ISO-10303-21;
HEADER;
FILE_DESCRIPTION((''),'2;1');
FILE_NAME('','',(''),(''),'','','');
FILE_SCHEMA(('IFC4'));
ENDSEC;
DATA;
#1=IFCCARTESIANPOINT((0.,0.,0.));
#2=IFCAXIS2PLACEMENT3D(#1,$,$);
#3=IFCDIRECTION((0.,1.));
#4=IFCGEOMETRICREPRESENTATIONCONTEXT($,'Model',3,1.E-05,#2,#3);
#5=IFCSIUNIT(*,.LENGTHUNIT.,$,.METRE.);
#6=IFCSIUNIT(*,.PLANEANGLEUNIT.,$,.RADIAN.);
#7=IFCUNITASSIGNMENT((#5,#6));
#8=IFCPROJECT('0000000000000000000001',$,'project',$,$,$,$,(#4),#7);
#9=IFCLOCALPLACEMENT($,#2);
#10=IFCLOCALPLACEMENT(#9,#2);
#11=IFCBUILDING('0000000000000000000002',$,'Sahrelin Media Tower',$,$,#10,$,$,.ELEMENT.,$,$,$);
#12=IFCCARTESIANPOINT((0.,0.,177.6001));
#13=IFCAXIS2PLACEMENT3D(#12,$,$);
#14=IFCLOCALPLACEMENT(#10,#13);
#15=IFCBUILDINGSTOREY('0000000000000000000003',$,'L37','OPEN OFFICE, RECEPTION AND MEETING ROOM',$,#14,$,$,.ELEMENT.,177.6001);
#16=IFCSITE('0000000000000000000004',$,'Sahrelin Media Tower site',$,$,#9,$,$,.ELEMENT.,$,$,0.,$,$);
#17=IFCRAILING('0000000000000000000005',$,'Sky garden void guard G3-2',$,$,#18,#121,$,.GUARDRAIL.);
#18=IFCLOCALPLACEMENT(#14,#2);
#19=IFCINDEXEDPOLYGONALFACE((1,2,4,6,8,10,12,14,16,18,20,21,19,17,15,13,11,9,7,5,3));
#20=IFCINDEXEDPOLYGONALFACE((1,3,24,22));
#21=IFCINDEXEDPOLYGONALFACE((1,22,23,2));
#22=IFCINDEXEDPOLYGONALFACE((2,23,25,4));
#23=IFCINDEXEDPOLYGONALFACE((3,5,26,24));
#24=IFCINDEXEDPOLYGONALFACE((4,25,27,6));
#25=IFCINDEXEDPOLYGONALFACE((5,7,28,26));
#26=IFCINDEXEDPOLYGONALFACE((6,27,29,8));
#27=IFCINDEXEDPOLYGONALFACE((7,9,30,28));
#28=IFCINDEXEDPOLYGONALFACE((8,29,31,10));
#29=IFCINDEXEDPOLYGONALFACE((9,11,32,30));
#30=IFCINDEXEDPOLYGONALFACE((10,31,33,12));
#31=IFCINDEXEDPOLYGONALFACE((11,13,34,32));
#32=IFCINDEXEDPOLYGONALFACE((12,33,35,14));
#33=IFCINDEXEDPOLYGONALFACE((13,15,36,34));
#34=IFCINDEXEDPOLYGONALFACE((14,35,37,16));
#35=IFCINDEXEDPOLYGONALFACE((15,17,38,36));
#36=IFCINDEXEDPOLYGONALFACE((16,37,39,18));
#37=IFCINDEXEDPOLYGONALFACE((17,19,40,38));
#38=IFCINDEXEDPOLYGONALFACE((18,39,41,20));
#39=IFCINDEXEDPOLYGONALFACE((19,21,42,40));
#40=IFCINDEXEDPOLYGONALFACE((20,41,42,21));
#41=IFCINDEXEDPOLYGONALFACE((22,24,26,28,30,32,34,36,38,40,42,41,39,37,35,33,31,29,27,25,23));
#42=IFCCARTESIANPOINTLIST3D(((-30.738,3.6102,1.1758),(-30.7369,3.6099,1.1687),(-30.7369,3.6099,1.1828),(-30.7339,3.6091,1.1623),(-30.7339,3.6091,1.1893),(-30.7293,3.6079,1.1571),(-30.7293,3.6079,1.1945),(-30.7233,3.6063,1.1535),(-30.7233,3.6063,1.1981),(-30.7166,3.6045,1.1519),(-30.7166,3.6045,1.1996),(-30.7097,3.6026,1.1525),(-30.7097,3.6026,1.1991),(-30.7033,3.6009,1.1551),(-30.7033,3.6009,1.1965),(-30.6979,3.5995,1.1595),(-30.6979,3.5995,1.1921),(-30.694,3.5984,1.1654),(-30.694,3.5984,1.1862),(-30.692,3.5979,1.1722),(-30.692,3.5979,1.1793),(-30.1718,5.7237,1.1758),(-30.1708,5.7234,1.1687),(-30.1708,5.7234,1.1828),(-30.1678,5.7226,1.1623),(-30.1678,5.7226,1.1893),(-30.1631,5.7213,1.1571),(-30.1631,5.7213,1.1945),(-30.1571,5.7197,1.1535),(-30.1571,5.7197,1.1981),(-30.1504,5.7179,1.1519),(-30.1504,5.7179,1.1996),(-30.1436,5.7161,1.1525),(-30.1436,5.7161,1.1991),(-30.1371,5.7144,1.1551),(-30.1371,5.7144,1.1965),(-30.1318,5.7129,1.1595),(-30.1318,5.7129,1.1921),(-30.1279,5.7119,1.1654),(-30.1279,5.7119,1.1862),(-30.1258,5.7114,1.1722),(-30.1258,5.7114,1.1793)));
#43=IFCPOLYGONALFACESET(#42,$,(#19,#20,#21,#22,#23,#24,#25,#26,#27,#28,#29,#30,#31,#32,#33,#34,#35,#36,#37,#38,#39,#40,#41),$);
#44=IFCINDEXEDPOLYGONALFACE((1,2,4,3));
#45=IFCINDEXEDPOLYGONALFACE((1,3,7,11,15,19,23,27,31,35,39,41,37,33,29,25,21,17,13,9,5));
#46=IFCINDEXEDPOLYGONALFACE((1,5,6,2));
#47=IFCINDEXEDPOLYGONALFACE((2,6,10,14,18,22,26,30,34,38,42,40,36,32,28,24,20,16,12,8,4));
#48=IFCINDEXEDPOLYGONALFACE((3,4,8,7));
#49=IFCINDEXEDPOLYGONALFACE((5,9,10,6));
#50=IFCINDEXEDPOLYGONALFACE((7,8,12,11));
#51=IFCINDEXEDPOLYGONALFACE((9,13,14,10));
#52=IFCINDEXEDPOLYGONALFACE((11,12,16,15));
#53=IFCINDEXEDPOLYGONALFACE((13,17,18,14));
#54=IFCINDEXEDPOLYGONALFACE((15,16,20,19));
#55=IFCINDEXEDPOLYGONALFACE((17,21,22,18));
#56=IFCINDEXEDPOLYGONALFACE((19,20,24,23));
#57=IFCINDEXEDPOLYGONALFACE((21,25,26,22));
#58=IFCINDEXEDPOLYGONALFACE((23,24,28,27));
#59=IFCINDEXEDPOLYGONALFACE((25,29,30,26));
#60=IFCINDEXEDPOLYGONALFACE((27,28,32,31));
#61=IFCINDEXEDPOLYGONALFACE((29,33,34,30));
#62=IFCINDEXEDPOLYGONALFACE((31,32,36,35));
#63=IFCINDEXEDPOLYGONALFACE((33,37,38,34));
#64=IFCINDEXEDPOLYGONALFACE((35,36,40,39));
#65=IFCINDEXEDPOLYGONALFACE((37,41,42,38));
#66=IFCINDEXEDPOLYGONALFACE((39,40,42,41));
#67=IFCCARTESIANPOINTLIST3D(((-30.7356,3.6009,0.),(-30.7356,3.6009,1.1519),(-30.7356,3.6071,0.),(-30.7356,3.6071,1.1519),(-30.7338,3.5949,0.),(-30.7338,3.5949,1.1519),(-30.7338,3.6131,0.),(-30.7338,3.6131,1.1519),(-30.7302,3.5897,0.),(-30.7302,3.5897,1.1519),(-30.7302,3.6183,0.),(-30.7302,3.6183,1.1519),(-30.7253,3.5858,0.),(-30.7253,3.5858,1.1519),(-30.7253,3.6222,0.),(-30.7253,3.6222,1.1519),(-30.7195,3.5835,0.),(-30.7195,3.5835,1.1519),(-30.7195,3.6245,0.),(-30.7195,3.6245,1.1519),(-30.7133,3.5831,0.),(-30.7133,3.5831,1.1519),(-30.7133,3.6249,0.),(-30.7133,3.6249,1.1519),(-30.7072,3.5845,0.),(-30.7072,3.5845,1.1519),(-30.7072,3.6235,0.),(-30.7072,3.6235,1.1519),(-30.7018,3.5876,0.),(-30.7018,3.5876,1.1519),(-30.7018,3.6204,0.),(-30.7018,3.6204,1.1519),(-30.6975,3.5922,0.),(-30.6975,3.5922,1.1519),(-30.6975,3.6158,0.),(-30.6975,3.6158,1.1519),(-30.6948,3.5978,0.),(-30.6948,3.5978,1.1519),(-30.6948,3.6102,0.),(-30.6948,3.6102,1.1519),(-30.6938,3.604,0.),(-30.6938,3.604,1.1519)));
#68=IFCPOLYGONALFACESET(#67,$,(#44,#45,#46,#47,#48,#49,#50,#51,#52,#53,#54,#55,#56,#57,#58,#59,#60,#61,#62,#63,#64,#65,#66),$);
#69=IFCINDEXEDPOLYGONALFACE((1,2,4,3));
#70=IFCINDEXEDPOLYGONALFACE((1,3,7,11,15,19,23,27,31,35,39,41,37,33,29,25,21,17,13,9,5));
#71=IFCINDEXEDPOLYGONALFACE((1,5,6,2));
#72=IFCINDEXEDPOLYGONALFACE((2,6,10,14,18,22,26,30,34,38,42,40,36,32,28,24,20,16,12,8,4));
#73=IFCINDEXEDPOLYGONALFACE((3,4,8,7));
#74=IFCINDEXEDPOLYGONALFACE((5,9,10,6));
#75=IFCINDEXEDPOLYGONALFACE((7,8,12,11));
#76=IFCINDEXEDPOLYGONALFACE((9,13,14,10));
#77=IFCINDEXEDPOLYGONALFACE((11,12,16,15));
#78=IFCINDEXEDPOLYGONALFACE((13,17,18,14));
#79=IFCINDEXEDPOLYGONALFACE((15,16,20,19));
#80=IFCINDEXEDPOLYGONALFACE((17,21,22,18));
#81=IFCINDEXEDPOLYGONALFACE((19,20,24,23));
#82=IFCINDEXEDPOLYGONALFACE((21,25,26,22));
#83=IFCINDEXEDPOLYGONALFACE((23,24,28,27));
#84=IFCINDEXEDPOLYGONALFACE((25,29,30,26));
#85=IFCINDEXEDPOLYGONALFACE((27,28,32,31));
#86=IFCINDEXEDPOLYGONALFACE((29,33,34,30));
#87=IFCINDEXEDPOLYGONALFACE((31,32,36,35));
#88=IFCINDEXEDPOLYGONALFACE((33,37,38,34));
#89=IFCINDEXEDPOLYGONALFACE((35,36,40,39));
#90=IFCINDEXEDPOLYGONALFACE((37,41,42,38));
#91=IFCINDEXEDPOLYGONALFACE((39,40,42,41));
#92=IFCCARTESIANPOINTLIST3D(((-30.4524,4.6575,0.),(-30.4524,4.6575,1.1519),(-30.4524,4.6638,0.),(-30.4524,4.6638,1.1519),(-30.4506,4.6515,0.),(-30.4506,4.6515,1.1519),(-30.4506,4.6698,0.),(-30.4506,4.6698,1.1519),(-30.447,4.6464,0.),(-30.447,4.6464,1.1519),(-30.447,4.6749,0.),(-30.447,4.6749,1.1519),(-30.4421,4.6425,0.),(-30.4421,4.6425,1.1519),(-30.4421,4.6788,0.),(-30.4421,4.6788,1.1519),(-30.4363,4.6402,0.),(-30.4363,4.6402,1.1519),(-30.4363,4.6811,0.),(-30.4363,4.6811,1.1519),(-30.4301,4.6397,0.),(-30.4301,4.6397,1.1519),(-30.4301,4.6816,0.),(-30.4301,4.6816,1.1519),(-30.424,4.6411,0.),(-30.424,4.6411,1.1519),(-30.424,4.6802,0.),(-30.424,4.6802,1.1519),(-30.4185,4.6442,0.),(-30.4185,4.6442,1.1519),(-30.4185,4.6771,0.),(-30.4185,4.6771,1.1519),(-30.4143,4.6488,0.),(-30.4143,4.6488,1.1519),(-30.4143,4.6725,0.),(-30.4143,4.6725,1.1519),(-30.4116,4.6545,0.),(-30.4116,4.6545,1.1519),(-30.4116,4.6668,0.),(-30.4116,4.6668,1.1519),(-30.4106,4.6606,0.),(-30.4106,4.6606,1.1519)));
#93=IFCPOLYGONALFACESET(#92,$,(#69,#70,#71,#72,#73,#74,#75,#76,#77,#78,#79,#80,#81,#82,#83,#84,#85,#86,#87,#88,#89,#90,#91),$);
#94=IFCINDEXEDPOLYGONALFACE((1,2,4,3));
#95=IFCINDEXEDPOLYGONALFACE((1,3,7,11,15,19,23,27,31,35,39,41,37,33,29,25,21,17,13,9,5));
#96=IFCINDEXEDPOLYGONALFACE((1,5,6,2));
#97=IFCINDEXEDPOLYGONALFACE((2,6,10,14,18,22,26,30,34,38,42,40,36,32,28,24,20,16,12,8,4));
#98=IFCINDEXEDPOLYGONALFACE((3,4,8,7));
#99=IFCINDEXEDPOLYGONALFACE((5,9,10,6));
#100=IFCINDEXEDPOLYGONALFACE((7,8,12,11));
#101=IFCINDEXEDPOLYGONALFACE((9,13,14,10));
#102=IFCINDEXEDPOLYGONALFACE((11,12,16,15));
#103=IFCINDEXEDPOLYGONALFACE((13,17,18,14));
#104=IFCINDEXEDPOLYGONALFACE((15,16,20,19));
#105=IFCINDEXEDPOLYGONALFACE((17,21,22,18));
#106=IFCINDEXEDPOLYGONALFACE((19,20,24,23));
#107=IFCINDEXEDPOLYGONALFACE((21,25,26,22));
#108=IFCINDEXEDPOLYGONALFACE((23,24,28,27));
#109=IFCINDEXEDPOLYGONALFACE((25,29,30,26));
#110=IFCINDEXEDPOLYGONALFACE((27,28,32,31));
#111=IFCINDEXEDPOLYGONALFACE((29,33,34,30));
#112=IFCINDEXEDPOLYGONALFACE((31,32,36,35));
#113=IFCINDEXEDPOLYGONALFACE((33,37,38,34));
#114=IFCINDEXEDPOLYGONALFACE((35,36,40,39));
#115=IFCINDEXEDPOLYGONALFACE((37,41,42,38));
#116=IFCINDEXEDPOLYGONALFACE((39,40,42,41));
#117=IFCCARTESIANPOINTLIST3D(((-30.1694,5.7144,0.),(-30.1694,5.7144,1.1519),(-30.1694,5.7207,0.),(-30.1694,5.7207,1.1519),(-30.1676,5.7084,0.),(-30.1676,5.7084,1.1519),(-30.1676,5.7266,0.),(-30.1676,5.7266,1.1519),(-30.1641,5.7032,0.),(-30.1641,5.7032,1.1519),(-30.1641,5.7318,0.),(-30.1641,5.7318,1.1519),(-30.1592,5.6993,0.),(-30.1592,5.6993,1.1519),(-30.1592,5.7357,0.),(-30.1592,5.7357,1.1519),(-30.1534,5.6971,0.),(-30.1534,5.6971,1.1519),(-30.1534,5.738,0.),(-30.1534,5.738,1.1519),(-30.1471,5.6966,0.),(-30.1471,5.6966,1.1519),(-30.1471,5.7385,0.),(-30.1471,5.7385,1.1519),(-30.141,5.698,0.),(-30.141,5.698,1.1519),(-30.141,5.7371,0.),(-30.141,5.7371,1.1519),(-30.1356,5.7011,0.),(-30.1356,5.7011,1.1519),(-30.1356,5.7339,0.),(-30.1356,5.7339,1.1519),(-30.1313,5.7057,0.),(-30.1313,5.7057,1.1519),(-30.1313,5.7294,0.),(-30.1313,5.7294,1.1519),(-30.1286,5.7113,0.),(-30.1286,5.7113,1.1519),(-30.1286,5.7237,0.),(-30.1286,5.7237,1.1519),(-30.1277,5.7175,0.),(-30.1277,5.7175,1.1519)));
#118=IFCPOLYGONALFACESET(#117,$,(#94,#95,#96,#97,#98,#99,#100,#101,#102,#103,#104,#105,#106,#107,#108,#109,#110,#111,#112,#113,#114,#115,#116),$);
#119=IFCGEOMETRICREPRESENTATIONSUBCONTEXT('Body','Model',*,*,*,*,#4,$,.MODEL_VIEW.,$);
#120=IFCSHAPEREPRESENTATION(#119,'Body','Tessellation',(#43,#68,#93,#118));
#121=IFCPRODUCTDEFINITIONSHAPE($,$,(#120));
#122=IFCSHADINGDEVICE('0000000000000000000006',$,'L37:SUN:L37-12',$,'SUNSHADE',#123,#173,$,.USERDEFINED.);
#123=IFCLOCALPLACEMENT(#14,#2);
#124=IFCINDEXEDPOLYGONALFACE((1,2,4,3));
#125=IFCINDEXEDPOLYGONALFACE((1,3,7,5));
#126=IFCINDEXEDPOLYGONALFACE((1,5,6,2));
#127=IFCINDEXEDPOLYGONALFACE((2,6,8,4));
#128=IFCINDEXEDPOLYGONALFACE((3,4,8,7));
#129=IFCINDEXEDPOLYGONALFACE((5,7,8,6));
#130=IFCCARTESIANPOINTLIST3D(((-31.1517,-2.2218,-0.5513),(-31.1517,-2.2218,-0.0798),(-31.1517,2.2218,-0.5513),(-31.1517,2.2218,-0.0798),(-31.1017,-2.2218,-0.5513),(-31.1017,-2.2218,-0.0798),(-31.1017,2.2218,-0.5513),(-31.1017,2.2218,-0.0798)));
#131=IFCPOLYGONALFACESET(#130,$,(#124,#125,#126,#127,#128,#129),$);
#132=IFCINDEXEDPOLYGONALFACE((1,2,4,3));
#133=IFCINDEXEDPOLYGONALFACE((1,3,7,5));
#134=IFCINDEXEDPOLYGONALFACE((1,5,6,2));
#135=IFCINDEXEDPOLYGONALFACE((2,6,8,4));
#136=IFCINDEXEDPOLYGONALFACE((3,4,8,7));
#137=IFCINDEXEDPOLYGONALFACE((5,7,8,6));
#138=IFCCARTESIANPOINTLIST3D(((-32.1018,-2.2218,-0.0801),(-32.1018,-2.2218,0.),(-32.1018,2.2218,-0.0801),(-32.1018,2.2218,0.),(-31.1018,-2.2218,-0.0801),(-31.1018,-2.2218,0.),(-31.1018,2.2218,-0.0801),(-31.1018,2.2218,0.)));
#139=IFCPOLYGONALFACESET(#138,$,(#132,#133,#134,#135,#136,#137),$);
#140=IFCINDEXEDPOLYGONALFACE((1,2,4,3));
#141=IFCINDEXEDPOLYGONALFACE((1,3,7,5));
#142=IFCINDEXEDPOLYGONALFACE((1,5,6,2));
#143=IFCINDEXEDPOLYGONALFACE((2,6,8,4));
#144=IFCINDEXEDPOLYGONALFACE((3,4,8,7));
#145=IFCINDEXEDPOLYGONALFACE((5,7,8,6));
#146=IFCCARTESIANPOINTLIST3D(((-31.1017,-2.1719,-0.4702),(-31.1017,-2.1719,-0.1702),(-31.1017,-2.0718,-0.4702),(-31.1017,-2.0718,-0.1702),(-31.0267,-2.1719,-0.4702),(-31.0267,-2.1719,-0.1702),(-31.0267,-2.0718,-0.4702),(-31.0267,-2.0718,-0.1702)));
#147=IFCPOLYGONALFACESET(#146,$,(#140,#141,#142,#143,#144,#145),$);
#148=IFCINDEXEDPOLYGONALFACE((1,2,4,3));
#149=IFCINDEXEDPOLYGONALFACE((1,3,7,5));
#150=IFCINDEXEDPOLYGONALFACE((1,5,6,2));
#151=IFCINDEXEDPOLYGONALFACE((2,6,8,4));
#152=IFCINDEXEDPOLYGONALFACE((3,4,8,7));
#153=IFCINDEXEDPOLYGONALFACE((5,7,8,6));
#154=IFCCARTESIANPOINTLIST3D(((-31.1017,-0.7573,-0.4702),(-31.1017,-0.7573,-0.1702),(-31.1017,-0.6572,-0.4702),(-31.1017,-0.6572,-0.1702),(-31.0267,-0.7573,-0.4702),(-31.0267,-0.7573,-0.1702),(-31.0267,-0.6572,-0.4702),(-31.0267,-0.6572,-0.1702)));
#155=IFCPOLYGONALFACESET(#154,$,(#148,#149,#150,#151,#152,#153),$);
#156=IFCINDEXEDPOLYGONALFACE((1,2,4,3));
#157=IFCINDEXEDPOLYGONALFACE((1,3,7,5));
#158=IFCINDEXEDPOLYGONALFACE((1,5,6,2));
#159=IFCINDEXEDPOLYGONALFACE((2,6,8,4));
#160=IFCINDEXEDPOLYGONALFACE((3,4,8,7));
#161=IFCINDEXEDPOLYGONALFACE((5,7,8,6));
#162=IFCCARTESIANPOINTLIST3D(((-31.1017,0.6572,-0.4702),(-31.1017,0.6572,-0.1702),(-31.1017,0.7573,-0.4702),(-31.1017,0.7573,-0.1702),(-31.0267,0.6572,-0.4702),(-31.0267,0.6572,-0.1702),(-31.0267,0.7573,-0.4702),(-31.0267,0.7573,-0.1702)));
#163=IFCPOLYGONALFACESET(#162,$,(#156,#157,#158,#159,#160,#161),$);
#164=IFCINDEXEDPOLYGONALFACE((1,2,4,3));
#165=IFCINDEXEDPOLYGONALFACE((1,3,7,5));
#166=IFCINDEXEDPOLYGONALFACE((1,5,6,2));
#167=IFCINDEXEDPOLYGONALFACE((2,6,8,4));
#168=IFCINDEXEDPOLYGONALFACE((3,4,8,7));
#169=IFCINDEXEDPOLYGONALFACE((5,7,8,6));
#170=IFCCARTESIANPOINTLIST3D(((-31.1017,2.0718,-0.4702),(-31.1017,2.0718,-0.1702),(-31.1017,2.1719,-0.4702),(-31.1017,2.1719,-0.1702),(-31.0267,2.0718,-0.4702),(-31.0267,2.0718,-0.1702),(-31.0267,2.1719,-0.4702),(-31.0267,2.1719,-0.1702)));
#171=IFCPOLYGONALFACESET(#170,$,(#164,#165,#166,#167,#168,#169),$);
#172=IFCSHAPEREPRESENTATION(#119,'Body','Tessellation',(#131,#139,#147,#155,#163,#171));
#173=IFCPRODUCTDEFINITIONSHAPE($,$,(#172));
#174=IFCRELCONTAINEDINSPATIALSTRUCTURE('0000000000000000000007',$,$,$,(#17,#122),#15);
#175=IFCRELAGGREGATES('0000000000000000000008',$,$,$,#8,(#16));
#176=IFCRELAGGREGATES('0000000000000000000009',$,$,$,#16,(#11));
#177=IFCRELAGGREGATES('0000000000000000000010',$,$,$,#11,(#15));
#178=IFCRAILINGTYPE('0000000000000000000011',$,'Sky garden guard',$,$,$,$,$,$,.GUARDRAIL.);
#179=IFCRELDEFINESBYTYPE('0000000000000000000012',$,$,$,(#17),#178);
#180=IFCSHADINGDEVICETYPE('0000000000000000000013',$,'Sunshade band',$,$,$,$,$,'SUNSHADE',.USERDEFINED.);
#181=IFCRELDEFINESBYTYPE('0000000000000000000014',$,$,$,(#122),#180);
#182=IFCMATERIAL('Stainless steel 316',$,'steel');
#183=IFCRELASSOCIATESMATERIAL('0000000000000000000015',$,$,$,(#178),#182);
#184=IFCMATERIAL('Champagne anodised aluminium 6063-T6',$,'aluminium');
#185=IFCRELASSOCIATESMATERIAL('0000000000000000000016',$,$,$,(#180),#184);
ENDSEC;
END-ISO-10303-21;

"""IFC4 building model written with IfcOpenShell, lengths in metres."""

from ifc_helpers import new_model, si_unit, direction, frame, origin, origin_2d, place, context, subcontext, project, spatial, rectangle, circle, extrude, material, type_object, element, save


model = new_model("IFC4")

# Units and contexts
model_context = context("Model", 3, precision=1e-05, world=origin(), true_north=direction((0.0, 1.0)))
body_context = subcontext(model_context, "Body", "Model", "MODEL_VIEW")
ifc_project = project(units=[si_unit("LENGTHUNIT", "METRE"), si_unit("PLANEANGLEUNIT", "RADIAN")], contexts=[model_context])

# Site, building, storey
site_placement = place(None, origin())
site = spatial("IfcSite", under=ifc_project, at=site_placement, Name="Sahrelin Media Tower site", CompositionType="ELEMENT", RefElevation=0.0)
building_placement = place(site_placement, origin())
building = spatial("IfcBuilding", under=site, at=building_placement, Name="Sahrelin Media Tower", CompositionType="ELEMENT")
storey_placement = place(building_placement, frame((0.0, 0.0, 177.6001)))
storey = spatial("IfcBuildingStorey", under=building, at=storey_placement, Name="L37", Description="OPEN OFFICE, RECEPTION AND MEETING ROOM", CompositionType="ELEMENT", Elevation=177.6001)

# Shared definitions
ifc_material_1 = material(Name="Champagne anodised aluminium 6063-T6", Category="aluminium")

# Shared definitions
placement = place(storey_placement, frame((-31.0818, 0.0, 0.0), z_axis=(0.0, 0.0, 1.0), x_axis=(0.0, 1.0, 0.0)))

# Railing
ifc_material_2 = material(Name="Stainless steel 316", Category="steel")
railing_type = type_object("IfcRailingType", Name="Sky garden guard", PredefinedType="GUARDRAIL", material=ifc_material_2)
railing_placement = place(storey_placement, frame((-30.7148, 3.604, 0.0)))
element("IfcRailing", 1, at=railing_placement, inside=storey, type_object=railing_type, Name="Sky garden void guard G3-2", PredefinedType="GUARDRAIL", context=body_context, shape_type="SweptSolid", body=[
    extrude(circle(Radius=0.0239, at=origin_2d()), frame((0.0, 0.0, 1.1758), z_axis=(0.258753, 0.965944, 0.0), x_axis=(-0.965944, 0.258753, 0.0)), (0.0, 0.0, 1.0), 2.188),
    extrude(circle(Radius=0.021, at=origin_2d()), origin(), (0.0, 0.0, 1.0), 1.1519),
    extrude(circle(Radius=0.021, at=origin_2d()), frame((0.2832, 1.0566, 0.0)), (0.0, 0.0, 1.0), 1.1519),
    extrude(circle(Radius=0.021, at=origin_2d()), frame((0.5662, 2.1135, 0.0)), (0.0, 0.0, 1.0), 1.1519),
])

# Shading device
shading_device_type_1 = type_object("IfcShadingDeviceType", Name="Sunshade band", ElementType="SUNSHADE", PredefinedType="USERDEFINED", material=ifc_material_1)
element("IfcShadingDevice", 2, at=placement, inside=storey, type_object=shading_device_type_1, Name="L37:SUN:L37-12", ObjectType="SUNSHADE", PredefinedType="USERDEFINED", context=body_context, shape_type="SweptSolid", body=[
    extrude(rectangle(XDim=4.4436, YDim=0.05, at=origin_2d()), frame((0.0, 0.0449, -0.5513)), (0.0, 0.0, 1.0), 0.4714),
    extrude(rectangle(XDim=4.4436, YDim=1.0, at=origin_2d()), frame((0.0, 0.52, -0.0801)), (0.0, 0.0, 1.0), 0.0801),
    extrude(rectangle(XDim=0.1001, YDim=0.075, at=origin_2d()), frame((-2.1218, -0.0176, -0.4702)), (0.0, 0.0, 1.0), 0.3),
    extrude(rectangle(XDim=0.1001, YDim=0.075, at=origin_2d()), frame((-0.7073, -0.0176, -0.4702)), (0.0, 0.0, 1.0), 0.3),
    extrude(rectangle(XDim=0.1001, YDim=0.075, at=origin_2d()), frame((0.7073, -0.0176, -0.4702)), (0.0, 0.0, 1.0), 0.3),
    extrude(rectangle(XDim=0.1001, YDim=0.075, at=origin_2d()), frame((2.1218, -0.0176, -0.4702)), (0.0, 0.0, 1.0), 0.3),
])

save(model, "model.ifc")
